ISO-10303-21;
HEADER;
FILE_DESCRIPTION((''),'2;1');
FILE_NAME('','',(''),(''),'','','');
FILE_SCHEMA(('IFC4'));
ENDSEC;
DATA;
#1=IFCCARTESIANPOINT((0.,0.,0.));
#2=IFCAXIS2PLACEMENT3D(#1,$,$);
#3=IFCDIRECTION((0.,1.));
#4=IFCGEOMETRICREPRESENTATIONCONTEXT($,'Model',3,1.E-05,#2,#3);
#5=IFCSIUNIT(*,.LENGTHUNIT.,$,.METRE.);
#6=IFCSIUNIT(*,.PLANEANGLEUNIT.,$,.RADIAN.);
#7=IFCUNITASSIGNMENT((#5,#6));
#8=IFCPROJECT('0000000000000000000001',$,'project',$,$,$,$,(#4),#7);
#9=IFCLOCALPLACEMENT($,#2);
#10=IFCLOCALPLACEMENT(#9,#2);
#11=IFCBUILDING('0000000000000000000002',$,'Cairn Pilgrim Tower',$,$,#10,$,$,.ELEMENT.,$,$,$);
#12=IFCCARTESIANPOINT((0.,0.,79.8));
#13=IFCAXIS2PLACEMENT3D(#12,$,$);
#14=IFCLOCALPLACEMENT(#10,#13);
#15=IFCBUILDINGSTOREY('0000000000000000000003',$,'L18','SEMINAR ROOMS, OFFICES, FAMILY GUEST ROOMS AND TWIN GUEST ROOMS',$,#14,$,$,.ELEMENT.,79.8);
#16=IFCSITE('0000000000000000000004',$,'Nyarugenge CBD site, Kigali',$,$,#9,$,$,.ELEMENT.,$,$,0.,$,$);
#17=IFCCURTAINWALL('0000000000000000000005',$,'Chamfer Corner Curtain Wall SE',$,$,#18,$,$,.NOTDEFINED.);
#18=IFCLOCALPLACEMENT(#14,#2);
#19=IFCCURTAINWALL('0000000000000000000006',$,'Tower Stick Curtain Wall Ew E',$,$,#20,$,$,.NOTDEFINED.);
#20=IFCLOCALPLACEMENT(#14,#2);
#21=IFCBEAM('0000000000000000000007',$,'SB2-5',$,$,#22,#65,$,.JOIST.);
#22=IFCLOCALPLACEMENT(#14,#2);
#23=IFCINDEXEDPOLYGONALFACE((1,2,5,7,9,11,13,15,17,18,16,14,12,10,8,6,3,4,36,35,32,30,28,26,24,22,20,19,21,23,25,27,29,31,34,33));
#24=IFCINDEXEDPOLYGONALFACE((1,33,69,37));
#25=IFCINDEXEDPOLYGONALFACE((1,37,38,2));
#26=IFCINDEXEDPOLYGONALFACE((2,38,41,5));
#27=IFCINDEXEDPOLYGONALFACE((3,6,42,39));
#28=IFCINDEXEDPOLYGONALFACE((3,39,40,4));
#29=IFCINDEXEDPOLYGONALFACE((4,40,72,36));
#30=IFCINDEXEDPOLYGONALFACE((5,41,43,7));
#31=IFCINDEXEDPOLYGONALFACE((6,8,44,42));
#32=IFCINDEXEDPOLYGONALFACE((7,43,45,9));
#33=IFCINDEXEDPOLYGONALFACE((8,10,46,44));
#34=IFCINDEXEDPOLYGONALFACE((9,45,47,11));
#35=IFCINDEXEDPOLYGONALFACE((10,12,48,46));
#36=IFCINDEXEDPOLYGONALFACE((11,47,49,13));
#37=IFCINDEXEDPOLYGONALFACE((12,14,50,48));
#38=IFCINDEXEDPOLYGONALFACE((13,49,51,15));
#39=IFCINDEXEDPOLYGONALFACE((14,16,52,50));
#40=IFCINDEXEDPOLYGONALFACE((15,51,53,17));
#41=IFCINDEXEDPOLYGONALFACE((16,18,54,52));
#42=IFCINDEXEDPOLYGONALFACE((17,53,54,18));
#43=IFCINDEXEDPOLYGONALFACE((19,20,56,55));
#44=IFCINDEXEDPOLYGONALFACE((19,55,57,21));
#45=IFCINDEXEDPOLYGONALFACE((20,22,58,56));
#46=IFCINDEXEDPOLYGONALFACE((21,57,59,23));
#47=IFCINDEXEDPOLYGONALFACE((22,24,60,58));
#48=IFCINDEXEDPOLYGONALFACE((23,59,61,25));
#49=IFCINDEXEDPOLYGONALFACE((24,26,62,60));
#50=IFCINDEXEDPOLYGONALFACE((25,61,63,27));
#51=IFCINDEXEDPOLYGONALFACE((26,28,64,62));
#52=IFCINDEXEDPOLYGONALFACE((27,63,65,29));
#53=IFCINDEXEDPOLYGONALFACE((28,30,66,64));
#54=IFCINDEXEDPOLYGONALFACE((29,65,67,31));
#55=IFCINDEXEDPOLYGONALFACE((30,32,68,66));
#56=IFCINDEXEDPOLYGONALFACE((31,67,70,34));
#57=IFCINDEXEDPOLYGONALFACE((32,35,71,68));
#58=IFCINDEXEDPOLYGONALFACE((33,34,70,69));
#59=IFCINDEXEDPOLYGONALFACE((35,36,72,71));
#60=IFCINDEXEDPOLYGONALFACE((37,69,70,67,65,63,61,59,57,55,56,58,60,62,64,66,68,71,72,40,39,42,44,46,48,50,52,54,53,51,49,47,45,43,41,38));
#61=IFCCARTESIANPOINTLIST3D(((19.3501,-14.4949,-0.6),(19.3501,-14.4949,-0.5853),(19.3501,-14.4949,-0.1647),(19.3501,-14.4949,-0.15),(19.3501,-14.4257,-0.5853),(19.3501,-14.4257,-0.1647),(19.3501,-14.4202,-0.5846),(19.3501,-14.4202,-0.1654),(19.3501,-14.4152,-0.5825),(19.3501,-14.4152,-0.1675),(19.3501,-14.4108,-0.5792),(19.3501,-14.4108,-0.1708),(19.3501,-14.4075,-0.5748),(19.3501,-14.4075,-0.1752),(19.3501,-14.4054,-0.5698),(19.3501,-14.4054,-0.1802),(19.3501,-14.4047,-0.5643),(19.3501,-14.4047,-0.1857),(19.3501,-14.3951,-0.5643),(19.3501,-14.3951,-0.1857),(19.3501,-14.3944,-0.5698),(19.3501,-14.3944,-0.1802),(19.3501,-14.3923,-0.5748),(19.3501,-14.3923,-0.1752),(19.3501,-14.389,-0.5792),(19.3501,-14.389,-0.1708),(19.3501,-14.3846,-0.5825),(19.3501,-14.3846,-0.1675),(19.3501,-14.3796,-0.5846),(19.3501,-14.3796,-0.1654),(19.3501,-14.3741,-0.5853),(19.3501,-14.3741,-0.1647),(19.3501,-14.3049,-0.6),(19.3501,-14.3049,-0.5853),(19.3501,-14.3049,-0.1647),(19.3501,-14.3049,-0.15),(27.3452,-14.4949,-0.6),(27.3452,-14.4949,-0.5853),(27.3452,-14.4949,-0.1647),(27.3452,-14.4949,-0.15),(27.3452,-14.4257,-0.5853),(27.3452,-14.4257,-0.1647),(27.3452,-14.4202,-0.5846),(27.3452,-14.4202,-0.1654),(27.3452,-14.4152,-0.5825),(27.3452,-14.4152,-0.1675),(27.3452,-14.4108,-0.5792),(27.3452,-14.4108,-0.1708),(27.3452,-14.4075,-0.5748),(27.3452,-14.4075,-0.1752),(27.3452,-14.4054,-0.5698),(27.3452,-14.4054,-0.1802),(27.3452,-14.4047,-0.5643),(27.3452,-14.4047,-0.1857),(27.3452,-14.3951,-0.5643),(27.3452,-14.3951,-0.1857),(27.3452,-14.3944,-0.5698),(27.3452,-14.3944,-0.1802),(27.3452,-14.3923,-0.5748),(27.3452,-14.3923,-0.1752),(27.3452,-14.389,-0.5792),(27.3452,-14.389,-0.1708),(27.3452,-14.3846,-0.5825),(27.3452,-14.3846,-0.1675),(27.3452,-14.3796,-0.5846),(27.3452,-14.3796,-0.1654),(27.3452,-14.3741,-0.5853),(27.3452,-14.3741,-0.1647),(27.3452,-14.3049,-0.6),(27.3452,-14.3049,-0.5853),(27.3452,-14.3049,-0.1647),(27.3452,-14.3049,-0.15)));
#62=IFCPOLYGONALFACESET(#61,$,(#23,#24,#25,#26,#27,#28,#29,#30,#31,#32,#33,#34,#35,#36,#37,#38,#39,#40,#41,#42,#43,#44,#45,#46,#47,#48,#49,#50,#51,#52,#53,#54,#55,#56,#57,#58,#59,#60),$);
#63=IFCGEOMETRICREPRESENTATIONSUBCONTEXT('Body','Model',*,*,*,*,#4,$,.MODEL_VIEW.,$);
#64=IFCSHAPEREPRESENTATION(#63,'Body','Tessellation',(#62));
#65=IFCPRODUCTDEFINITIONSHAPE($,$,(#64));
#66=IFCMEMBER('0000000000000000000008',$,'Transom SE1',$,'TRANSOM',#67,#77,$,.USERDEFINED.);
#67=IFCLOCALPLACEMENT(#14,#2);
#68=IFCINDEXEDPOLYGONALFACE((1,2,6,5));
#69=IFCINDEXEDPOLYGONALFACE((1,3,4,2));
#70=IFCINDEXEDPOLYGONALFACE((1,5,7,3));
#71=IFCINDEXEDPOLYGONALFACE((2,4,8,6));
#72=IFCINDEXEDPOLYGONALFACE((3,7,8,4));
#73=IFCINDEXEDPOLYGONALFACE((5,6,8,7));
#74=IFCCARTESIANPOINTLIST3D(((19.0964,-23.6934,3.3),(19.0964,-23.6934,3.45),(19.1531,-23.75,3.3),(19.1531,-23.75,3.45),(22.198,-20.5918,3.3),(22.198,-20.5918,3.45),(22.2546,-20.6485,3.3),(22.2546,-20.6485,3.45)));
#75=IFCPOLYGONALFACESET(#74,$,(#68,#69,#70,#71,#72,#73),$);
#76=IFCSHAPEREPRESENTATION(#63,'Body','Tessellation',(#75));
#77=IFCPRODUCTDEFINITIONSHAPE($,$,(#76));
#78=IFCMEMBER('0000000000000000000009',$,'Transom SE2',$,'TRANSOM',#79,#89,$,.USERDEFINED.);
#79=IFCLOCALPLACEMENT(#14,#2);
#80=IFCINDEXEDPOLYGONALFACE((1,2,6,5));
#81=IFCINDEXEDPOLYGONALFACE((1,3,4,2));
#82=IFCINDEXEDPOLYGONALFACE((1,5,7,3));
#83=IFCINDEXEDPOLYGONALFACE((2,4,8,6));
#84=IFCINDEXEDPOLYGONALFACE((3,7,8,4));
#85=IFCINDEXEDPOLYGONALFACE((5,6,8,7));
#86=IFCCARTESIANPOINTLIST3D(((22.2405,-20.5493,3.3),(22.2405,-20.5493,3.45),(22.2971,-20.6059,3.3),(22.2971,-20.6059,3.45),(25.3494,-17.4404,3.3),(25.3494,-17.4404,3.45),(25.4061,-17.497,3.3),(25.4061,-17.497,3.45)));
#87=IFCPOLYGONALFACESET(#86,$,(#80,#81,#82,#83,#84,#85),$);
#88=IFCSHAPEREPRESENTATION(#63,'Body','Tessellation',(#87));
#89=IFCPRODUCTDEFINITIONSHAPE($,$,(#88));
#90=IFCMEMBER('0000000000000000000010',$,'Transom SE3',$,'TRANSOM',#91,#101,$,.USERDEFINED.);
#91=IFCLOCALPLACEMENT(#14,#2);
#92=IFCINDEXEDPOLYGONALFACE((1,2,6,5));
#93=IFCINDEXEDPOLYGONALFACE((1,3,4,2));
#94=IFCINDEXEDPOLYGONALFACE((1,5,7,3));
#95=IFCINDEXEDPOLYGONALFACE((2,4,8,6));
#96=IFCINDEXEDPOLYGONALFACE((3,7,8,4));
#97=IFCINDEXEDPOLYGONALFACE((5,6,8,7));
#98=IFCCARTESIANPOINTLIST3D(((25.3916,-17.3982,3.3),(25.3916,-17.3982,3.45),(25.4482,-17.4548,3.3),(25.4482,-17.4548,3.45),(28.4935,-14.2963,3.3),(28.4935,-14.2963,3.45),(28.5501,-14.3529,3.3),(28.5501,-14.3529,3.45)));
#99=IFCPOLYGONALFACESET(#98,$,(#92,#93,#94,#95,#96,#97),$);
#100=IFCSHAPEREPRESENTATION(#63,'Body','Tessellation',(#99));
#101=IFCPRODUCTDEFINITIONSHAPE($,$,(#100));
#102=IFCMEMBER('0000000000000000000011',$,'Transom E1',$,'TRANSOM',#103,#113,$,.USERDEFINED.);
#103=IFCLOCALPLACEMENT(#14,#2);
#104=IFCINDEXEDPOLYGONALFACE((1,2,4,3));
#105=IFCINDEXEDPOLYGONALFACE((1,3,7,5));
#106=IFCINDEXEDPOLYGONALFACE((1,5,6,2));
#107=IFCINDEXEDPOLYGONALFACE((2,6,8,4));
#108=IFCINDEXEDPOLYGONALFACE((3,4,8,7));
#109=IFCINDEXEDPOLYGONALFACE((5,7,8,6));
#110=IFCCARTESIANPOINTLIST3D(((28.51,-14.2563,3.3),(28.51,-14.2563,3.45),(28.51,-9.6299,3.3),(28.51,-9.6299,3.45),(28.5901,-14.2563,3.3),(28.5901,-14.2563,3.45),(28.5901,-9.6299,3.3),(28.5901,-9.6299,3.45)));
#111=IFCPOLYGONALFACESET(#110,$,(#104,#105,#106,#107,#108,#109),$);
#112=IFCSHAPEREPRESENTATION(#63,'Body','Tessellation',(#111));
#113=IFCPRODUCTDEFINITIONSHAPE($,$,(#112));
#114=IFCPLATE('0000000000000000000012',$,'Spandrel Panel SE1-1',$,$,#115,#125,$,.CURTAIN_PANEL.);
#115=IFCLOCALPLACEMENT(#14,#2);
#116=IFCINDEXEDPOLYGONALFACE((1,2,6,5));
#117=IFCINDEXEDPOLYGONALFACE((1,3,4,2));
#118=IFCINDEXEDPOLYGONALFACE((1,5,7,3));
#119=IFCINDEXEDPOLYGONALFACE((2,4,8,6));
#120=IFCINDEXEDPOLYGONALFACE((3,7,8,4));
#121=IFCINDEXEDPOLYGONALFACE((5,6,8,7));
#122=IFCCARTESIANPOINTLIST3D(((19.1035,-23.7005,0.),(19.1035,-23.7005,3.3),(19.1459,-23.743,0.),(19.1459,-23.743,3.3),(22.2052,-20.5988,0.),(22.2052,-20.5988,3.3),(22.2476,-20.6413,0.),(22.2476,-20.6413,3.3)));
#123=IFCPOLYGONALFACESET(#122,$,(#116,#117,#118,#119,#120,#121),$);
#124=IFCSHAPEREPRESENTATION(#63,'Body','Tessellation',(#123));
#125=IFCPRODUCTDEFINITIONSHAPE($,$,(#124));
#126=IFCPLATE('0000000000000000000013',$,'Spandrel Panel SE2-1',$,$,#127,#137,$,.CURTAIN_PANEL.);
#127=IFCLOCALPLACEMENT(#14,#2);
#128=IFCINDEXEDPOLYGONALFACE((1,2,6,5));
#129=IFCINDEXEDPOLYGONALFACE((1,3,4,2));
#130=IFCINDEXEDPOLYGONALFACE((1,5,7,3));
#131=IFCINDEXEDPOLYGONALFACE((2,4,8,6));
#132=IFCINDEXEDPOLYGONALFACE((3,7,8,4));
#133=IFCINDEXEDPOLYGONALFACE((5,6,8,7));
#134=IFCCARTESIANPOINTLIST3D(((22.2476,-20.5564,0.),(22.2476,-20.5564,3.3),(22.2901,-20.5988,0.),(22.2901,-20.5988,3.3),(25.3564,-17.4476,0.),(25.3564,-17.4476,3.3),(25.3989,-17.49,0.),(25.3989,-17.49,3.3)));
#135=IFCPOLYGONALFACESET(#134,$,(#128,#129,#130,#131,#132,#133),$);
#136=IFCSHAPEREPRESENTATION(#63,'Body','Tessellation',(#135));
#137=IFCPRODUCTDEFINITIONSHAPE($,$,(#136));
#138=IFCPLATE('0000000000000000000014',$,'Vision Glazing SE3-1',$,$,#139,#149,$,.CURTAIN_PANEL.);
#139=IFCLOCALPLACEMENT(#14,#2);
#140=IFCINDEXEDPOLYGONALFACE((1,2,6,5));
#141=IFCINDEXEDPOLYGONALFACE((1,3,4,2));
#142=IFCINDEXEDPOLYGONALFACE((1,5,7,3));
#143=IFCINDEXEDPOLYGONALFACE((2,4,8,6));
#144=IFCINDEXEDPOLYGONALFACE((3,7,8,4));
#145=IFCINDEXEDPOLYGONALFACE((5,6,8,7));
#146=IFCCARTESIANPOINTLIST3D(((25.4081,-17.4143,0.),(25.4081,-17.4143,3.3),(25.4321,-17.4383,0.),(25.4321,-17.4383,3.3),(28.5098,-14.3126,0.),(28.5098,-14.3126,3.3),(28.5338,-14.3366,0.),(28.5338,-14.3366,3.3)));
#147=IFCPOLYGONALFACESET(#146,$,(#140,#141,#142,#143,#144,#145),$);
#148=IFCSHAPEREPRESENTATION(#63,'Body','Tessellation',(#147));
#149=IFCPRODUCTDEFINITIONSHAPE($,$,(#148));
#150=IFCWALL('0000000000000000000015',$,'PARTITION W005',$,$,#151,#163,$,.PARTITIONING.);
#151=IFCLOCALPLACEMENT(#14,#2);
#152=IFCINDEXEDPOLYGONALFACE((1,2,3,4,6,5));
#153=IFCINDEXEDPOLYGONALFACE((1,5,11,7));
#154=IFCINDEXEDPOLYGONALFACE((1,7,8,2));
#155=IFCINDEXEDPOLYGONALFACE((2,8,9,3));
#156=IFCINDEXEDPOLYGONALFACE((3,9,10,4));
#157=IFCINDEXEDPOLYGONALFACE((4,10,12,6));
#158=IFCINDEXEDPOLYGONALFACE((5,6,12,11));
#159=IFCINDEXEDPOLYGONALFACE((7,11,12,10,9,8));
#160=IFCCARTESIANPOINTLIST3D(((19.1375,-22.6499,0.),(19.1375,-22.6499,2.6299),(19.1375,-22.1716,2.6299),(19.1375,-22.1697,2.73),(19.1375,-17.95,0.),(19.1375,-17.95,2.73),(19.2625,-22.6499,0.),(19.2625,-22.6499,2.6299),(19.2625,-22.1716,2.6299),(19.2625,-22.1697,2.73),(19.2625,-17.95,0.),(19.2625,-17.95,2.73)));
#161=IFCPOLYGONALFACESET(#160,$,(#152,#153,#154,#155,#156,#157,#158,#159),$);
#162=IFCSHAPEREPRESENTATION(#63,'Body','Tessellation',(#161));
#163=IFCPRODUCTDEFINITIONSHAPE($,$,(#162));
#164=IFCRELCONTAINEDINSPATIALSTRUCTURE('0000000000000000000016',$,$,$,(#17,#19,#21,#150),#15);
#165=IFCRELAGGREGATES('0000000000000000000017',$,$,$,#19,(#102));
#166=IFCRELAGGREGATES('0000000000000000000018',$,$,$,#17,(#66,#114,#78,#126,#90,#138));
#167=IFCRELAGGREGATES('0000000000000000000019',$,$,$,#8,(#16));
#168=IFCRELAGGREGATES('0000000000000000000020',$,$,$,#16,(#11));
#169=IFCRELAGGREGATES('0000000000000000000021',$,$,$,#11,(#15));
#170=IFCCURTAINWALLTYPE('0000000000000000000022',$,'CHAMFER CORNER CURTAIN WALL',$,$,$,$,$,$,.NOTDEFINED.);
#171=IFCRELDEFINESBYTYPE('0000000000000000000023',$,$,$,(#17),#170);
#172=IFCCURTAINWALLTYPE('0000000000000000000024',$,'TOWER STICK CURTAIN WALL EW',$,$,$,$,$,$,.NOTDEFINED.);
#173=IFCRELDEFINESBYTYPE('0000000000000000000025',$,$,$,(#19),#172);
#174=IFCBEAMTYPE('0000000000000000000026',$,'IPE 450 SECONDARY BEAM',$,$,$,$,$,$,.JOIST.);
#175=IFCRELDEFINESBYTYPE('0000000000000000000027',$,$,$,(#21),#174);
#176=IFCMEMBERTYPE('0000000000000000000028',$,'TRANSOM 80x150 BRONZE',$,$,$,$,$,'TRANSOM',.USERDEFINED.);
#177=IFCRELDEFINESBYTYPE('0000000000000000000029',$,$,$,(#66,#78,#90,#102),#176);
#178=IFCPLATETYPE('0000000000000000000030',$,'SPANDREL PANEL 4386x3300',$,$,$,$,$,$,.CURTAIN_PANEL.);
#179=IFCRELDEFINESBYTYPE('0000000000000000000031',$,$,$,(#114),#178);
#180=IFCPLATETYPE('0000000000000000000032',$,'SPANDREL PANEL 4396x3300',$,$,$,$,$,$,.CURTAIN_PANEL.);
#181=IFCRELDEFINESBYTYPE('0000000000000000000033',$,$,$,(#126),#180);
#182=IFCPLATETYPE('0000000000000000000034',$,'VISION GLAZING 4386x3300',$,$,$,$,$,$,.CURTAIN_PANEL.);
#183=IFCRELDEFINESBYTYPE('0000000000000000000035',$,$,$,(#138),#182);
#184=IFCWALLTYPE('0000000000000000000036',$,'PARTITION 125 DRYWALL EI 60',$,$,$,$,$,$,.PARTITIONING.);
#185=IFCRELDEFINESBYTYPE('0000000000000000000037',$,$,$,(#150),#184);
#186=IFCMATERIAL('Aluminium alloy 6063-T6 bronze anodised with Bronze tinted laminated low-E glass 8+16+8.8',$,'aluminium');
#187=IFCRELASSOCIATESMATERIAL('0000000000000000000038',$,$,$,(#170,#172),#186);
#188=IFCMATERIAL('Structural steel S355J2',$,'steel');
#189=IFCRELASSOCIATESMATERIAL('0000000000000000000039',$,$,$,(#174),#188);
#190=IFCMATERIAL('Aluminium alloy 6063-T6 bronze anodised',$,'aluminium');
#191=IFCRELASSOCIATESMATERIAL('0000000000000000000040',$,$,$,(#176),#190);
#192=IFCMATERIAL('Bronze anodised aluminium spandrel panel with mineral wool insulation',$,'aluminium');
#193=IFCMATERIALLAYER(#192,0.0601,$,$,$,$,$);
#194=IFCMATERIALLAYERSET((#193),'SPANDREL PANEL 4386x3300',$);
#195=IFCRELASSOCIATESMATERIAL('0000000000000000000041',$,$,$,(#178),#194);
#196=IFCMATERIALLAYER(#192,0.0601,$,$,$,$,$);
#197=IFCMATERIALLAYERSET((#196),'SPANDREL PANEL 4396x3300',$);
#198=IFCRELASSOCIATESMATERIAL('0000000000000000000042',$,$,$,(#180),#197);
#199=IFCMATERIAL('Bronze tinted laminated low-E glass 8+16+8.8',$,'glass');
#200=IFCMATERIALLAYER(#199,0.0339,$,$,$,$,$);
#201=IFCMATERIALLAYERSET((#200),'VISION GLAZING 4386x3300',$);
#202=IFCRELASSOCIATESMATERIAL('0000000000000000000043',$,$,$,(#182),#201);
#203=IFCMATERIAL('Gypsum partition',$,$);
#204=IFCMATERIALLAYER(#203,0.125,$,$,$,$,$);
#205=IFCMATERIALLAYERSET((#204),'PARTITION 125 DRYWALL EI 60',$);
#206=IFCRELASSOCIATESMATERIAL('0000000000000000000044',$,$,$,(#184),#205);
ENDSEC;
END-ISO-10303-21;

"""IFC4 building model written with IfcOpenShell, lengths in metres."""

from ifc_helpers import new_model, si_unit, direction, frame, origin, origin_2d, place, context, subcontext, project, spatial, polyline, rectangle, i_section, outline, extrude, material, layer, layer_set, material_profile, profile_set, type_object, element, aggregate, save


model = new_model("IFC4")

# Units and contexts
model_context = context("Model", 3, precision=1e-05, world=origin(), true_north=direction((0.0, 1.0)))
body_context = subcontext(model_context, "Body", "Model", "MODEL_VIEW")
ifc_project = project(units=[si_unit("LENGTHUNIT", "METRE"), si_unit("PLANEANGLEUNIT", "RADIAN")], contexts=[model_context])

# Site, building, storey
site_placement = place(None, origin())
site = spatial("IfcSite", under=ifc_project, at=site_placement, Name="Nyarugenge CBD site, Kigali", CompositionType="ELEMENT", RefElevation=0.0)
building_placement = place(site_placement, origin())
building = spatial("IfcBuilding", under=site, at=building_placement, Name="Cairn Pilgrim Tower", CompositionType="ELEMENT")
storey_placement = place(building_placement, frame((0.0, 0.0, 79.8)))
storey = spatial("IfcBuildingStorey", under=building, at=storey_placement, Name="L18", Description="SEMINAR ROOMS, OFFICES, FAMILY GUEST ROOMS AND TWIN GUEST ROOMS", CompositionType="ELEMENT", Elevation=79.8)

# Shared definitions
ifc_material_1 = material(Name="Structural steel S355J2", Category="steel")

# Curtain wall
ifc_material_2 = material(Name="Aluminium alloy 6063-T6 bronze anodised with Bronze tinted laminated low-E glass 8+16+8.8", Category="aluminium")
curtain_wall_type_1 = type_object("IfcCurtainWallType", Name="CHAMFER CORNER CURTAIN WALL", PredefinedType="NOTDEFINED", material=ifc_material_2)
curtain_wall_1_placement = place(storey_placement, origin())
curtain_wall_1 = element("IfcCurtainWall", 1, at=curtain_wall_1_placement, inside=storey, type_object=curtain_wall_type_1, Name="Chamfer Corner Curtain Wall SE", PredefinedType="NOTDEFINED")
ifc_material_3 = material(Name="Aluminium alloy 6063-T6 bronze anodised", Category="aluminium")

# Curtain wall
curtain_wall_type_2 = type_object("IfcCurtainWallType", Name="TOWER STICK CURTAIN WALL EW", PredefinedType="NOTDEFINED", material=ifc_material_2)
curtain_wall_2_placement = place(storey_placement, origin())
curtain_wall_2 = element("IfcCurtainWall", 2, at=curtain_wall_2_placement, inside=storey, type_object=curtain_wall_type_2, Name="Tower Stick Curtain Wall Ew E", PredefinedType="NOTDEFINED")

# Beam
ifc_material_profile_1 = material_profile(ifc_material_1, i_section(OverallWidth=0.1899, OverallDepth=0.45, WebThickness=0.0095, FlangeThickness=0.0146, FilletRadius=0.021, at=origin_2d()), Name="IPE 450")
ifc_profile_set_1 = profile_set([ifc_material_profile_1], Name="Structural steel S355J2")
beam_type_1 = type_object("IfcBeamType", Name="IPE 450 SECONDARY BEAM", PredefinedType="JOIST", material=ifc_profile_set_1)
beam_1_placement = place(storey_placement, frame((19.3501, -14.3999, -0.375), z_axis=(1.0, 0.0, 0.0), x_axis=(0.0, 1.0, 0.0)))
element("IfcBeam", 3, at=beam_1_placement, inside=storey, type_object=beam_type_1, Name="SB2-5", PredefinedType="JOIST", context=body_context, shape_type="SweptSolid", body=[
    extrude(i_section(OverallWidth=0.1899, OverallDepth=0.45, WebThickness=0.0095, FlangeThickness=0.0146, FilletRadius=0.021, at=origin_2d()), origin(), (0.0, 0.0, 1.0), 7.9951),
])

# Members
ifc_material_profile_2 = material_profile(ifc_material_3, rectangle(XDim=0.0801, YDim=0.1499, at=origin_2d()), Name="TRANSOM 80x150 BRONZE")
ifc_profile_set_2 = profile_set([ifc_material_profile_2], Name="Aluminium alloy 6063-T6 bronze anodised")
member_type_1 = type_object("IfcMemberType", Name="TRANSOM 80x150 BRONZE", ElementType="TRANSOM", PredefinedType="USERDEFINED", material=ifc_profile_set_2)
member_1_placement = place(storey_placement, frame((19.1248, -23.7217, 3.375), z_axis=(0.707107, 0.707107, 0.0), x_axis=(-0.707107, 0.707107, 0.0)))
member_1 = element("IfcMember", 4, at=member_1_placement, type_object=member_type_1, Name="Transom SE1", ObjectType="TRANSOM", PredefinedType="USERDEFINED", context=body_context, shape_type="SweptSolid", body=[
    extrude(rectangle(XDim=0.0801, YDim=0.1499, at=origin_2d()), origin(), (0.0, 0.0, 1.0), 4.3862),
])
member_2_placement = place(storey_placement, frame((22.2688, -20.5776, 3.375), z_axis=(0.707107, 0.707107, 0.0), x_axis=(-0.707107, 0.707107, 0.0)))
member_2 = element("IfcMember", 5, at=member_2_placement, type_object=member_type_1, Name="Transom SE2", ObjectType="TRANSOM", PredefinedType="USERDEFINED", context=body_context, shape_type="SweptSolid", body=[
    extrude(rectangle(XDim=0.0801, YDim=0.1499, at=origin_2d()), origin(), (0.0, 0.0, 1.0), 4.3967),
])
member_3_placement = place(storey_placement, frame((25.4199, -17.4265, 3.375), z_axis=(0.707107, 0.707107, 0.0), x_axis=(-0.707107, 0.707107, 0.0)))
member_3 = element("IfcMember", 6, at=member_3_placement, type_object=member_type_1, Name="Transom SE3", ObjectType="TRANSOM", PredefinedType="USERDEFINED", context=body_context, shape_type="SweptSolid", body=[
    extrude(rectangle(XDim=0.0801, YDim=0.1499, at=origin_2d()), origin(), (0.0, 0.0, 1.0), 4.3867),
])
member_4_placement = place(storey_placement, frame((28.55, -14.2563, 3.375), z_axis=(0.0, 1.0, 0.0), x_axis=(-1.0, 0.0, 0.0)))
member_4 = element("IfcMember", 7, at=member_4_placement, type_object=member_type_1, Name="Transom E1", ObjectType="TRANSOM", PredefinedType="USERDEFINED", context=body_context, shape_type="SweptSolid", body=[
    extrude(rectangle(XDim=0.0801, YDim=0.1499, at=origin_2d()), origin(), (0.0, 0.0, 1.0), 4.6265),
])
aggregate(curtain_wall_2, [member_4])

# Plates
ifc_material_4 = material(Name="Bronze anodised aluminium spandrel panel with mineral wool insulation", Category="aluminium")
ifc_layer_1 = layer(ifc_material_4, 0.0601)
ifc_layer_set_1 = layer_set([ifc_layer_1], Name="SPANDREL PANEL 4386x3300")
plate_type_1 = type_object("IfcPlateType", Name="SPANDREL PANEL 4386x3300", PredefinedType="CURTAIN_PANEL", material=ifc_layer_set_1)
plate_1_placement = place(storey_placement, frame((20.6755, -22.1709, 0.0), z_axis=(0.0, 0.0, 1.0), x_axis=(0.707107, 0.707107, 0.0)))
plate_1 = element("IfcPlate", 8, at=plate_1_placement, type_object=plate_type_1, Name="Spandrel Panel SE1-1", PredefinedType="CURTAIN_PANEL", context=body_context, shape_type="SweptSolid", body=[
    extrude(rectangle(XDim=4.3865, YDim=0.0601, at=origin_2d()), origin(), (0.0, 0.0, 1.0), 3.3),
])
ifc_layer_2 = layer(ifc_material_4, 0.0601)
ifc_layer_set_2 = layer_set([ifc_layer_2], Name="SPANDREL PANEL 4396x3300")
plate_type_2 = type_object("IfcPlateType", Name="SPANDREL PANEL 4396x3300", PredefinedType="CURTAIN_PANEL", material=ifc_layer_set_2)
plate_2_placement = place(storey_placement, frame((23.8232, -19.0232, 0.0), z_axis=(0.0, 0.0, 1.0), x_axis=(0.707107, 0.707107, 0.0)))
plate_2 = element("IfcPlate", 9, at=plate_2_placement, type_object=plate_type_2, Name="Spandrel Panel SE2-1", PredefinedType="CURTAIN_PANEL", context=body_context, shape_type="SweptSolid", body=[
    extrude(rectangle(XDim=4.3965, YDim=0.0601, at=origin_2d()), origin(), (0.0, 0.0, 1.0), 3.3),
])
ifc_material_5 = material(Name="Bronze tinted laminated low-E glass 8+16+8.8", Category="glass")
ifc_layer_3 = layer(ifc_material_5, 0.0339)
ifc_layer_set_3 = layer_set([ifc_layer_3], Name="VISION GLAZING 4386x3300")
plate_type_3 = type_object("IfcPlateType", Name="VISION GLAZING 4386x3300", PredefinedType="CURTAIN_PANEL", material=ifc_layer_set_3)
plate_3_placement = place(storey_placement, frame((26.9709, -15.8755, 0.0), z_axis=(0.0, 0.0, 1.0), x_axis=(0.707107, 0.707107, 0.0)))
plate_3 = element("IfcPlate", 10, at=plate_3_placement, type_object=plate_type_3, Name="Vision Glazing SE3-1", PredefinedType="CURTAIN_PANEL", context=body_context, shape_type="SweptSolid", body=[
    extrude(rectangle(XDim=4.3865, YDim=0.0339, at=origin_2d()), origin(), (0.0, 0.0, 1.0), 3.3),
])
aggregate(curtain_wall_1, [member_1, plate_1, member_2, plate_2, member_3, plate_3])

# Wall
ifc_material_6 = material(Name="Gypsum partition")
ifc_layer_4 = layer(ifc_material_6, 0.125)
ifc_layer_set_4 = layer_set([ifc_layer_4], Name="PARTITION 125 DRYWALL EI 60")
wall_type_1 = type_object("IfcWallType", Name="PARTITION 125 DRYWALL EI 60", PredefinedType="PARTITIONING", material=ifc_layer_set_4)
wall_1_placement = place(storey_placement, frame((19.2, -22.6499, 0.0), z_axis=(0.0, 0.0, 1.0), x_axis=(0.0, 1.0, 0.0)))
element("IfcWall", 11, at=wall_1_placement, inside=storey, type_object=wall_type_1, Name="PARTITION W005", PredefinedType="PARTITIONING", context=body_context, shape_type="SweptSolid", body=[
    extrude(outline(polyline([(0.0, 0.0), (4.7, 0.0), (4.7, 2.73), (0.4802, 2.73), (0.4783, 2.6299), (0.0, 2.6299), (0.0, 0.0)])), frame((0.0, 0.0625, 0.0), z_axis=(0.0, -1.0, 0.0), x_axis=(1.0, 0.0, 0.0)), (0.0, 0.0, 1.0), 0.125),
])

save(model, "model.ifc")
